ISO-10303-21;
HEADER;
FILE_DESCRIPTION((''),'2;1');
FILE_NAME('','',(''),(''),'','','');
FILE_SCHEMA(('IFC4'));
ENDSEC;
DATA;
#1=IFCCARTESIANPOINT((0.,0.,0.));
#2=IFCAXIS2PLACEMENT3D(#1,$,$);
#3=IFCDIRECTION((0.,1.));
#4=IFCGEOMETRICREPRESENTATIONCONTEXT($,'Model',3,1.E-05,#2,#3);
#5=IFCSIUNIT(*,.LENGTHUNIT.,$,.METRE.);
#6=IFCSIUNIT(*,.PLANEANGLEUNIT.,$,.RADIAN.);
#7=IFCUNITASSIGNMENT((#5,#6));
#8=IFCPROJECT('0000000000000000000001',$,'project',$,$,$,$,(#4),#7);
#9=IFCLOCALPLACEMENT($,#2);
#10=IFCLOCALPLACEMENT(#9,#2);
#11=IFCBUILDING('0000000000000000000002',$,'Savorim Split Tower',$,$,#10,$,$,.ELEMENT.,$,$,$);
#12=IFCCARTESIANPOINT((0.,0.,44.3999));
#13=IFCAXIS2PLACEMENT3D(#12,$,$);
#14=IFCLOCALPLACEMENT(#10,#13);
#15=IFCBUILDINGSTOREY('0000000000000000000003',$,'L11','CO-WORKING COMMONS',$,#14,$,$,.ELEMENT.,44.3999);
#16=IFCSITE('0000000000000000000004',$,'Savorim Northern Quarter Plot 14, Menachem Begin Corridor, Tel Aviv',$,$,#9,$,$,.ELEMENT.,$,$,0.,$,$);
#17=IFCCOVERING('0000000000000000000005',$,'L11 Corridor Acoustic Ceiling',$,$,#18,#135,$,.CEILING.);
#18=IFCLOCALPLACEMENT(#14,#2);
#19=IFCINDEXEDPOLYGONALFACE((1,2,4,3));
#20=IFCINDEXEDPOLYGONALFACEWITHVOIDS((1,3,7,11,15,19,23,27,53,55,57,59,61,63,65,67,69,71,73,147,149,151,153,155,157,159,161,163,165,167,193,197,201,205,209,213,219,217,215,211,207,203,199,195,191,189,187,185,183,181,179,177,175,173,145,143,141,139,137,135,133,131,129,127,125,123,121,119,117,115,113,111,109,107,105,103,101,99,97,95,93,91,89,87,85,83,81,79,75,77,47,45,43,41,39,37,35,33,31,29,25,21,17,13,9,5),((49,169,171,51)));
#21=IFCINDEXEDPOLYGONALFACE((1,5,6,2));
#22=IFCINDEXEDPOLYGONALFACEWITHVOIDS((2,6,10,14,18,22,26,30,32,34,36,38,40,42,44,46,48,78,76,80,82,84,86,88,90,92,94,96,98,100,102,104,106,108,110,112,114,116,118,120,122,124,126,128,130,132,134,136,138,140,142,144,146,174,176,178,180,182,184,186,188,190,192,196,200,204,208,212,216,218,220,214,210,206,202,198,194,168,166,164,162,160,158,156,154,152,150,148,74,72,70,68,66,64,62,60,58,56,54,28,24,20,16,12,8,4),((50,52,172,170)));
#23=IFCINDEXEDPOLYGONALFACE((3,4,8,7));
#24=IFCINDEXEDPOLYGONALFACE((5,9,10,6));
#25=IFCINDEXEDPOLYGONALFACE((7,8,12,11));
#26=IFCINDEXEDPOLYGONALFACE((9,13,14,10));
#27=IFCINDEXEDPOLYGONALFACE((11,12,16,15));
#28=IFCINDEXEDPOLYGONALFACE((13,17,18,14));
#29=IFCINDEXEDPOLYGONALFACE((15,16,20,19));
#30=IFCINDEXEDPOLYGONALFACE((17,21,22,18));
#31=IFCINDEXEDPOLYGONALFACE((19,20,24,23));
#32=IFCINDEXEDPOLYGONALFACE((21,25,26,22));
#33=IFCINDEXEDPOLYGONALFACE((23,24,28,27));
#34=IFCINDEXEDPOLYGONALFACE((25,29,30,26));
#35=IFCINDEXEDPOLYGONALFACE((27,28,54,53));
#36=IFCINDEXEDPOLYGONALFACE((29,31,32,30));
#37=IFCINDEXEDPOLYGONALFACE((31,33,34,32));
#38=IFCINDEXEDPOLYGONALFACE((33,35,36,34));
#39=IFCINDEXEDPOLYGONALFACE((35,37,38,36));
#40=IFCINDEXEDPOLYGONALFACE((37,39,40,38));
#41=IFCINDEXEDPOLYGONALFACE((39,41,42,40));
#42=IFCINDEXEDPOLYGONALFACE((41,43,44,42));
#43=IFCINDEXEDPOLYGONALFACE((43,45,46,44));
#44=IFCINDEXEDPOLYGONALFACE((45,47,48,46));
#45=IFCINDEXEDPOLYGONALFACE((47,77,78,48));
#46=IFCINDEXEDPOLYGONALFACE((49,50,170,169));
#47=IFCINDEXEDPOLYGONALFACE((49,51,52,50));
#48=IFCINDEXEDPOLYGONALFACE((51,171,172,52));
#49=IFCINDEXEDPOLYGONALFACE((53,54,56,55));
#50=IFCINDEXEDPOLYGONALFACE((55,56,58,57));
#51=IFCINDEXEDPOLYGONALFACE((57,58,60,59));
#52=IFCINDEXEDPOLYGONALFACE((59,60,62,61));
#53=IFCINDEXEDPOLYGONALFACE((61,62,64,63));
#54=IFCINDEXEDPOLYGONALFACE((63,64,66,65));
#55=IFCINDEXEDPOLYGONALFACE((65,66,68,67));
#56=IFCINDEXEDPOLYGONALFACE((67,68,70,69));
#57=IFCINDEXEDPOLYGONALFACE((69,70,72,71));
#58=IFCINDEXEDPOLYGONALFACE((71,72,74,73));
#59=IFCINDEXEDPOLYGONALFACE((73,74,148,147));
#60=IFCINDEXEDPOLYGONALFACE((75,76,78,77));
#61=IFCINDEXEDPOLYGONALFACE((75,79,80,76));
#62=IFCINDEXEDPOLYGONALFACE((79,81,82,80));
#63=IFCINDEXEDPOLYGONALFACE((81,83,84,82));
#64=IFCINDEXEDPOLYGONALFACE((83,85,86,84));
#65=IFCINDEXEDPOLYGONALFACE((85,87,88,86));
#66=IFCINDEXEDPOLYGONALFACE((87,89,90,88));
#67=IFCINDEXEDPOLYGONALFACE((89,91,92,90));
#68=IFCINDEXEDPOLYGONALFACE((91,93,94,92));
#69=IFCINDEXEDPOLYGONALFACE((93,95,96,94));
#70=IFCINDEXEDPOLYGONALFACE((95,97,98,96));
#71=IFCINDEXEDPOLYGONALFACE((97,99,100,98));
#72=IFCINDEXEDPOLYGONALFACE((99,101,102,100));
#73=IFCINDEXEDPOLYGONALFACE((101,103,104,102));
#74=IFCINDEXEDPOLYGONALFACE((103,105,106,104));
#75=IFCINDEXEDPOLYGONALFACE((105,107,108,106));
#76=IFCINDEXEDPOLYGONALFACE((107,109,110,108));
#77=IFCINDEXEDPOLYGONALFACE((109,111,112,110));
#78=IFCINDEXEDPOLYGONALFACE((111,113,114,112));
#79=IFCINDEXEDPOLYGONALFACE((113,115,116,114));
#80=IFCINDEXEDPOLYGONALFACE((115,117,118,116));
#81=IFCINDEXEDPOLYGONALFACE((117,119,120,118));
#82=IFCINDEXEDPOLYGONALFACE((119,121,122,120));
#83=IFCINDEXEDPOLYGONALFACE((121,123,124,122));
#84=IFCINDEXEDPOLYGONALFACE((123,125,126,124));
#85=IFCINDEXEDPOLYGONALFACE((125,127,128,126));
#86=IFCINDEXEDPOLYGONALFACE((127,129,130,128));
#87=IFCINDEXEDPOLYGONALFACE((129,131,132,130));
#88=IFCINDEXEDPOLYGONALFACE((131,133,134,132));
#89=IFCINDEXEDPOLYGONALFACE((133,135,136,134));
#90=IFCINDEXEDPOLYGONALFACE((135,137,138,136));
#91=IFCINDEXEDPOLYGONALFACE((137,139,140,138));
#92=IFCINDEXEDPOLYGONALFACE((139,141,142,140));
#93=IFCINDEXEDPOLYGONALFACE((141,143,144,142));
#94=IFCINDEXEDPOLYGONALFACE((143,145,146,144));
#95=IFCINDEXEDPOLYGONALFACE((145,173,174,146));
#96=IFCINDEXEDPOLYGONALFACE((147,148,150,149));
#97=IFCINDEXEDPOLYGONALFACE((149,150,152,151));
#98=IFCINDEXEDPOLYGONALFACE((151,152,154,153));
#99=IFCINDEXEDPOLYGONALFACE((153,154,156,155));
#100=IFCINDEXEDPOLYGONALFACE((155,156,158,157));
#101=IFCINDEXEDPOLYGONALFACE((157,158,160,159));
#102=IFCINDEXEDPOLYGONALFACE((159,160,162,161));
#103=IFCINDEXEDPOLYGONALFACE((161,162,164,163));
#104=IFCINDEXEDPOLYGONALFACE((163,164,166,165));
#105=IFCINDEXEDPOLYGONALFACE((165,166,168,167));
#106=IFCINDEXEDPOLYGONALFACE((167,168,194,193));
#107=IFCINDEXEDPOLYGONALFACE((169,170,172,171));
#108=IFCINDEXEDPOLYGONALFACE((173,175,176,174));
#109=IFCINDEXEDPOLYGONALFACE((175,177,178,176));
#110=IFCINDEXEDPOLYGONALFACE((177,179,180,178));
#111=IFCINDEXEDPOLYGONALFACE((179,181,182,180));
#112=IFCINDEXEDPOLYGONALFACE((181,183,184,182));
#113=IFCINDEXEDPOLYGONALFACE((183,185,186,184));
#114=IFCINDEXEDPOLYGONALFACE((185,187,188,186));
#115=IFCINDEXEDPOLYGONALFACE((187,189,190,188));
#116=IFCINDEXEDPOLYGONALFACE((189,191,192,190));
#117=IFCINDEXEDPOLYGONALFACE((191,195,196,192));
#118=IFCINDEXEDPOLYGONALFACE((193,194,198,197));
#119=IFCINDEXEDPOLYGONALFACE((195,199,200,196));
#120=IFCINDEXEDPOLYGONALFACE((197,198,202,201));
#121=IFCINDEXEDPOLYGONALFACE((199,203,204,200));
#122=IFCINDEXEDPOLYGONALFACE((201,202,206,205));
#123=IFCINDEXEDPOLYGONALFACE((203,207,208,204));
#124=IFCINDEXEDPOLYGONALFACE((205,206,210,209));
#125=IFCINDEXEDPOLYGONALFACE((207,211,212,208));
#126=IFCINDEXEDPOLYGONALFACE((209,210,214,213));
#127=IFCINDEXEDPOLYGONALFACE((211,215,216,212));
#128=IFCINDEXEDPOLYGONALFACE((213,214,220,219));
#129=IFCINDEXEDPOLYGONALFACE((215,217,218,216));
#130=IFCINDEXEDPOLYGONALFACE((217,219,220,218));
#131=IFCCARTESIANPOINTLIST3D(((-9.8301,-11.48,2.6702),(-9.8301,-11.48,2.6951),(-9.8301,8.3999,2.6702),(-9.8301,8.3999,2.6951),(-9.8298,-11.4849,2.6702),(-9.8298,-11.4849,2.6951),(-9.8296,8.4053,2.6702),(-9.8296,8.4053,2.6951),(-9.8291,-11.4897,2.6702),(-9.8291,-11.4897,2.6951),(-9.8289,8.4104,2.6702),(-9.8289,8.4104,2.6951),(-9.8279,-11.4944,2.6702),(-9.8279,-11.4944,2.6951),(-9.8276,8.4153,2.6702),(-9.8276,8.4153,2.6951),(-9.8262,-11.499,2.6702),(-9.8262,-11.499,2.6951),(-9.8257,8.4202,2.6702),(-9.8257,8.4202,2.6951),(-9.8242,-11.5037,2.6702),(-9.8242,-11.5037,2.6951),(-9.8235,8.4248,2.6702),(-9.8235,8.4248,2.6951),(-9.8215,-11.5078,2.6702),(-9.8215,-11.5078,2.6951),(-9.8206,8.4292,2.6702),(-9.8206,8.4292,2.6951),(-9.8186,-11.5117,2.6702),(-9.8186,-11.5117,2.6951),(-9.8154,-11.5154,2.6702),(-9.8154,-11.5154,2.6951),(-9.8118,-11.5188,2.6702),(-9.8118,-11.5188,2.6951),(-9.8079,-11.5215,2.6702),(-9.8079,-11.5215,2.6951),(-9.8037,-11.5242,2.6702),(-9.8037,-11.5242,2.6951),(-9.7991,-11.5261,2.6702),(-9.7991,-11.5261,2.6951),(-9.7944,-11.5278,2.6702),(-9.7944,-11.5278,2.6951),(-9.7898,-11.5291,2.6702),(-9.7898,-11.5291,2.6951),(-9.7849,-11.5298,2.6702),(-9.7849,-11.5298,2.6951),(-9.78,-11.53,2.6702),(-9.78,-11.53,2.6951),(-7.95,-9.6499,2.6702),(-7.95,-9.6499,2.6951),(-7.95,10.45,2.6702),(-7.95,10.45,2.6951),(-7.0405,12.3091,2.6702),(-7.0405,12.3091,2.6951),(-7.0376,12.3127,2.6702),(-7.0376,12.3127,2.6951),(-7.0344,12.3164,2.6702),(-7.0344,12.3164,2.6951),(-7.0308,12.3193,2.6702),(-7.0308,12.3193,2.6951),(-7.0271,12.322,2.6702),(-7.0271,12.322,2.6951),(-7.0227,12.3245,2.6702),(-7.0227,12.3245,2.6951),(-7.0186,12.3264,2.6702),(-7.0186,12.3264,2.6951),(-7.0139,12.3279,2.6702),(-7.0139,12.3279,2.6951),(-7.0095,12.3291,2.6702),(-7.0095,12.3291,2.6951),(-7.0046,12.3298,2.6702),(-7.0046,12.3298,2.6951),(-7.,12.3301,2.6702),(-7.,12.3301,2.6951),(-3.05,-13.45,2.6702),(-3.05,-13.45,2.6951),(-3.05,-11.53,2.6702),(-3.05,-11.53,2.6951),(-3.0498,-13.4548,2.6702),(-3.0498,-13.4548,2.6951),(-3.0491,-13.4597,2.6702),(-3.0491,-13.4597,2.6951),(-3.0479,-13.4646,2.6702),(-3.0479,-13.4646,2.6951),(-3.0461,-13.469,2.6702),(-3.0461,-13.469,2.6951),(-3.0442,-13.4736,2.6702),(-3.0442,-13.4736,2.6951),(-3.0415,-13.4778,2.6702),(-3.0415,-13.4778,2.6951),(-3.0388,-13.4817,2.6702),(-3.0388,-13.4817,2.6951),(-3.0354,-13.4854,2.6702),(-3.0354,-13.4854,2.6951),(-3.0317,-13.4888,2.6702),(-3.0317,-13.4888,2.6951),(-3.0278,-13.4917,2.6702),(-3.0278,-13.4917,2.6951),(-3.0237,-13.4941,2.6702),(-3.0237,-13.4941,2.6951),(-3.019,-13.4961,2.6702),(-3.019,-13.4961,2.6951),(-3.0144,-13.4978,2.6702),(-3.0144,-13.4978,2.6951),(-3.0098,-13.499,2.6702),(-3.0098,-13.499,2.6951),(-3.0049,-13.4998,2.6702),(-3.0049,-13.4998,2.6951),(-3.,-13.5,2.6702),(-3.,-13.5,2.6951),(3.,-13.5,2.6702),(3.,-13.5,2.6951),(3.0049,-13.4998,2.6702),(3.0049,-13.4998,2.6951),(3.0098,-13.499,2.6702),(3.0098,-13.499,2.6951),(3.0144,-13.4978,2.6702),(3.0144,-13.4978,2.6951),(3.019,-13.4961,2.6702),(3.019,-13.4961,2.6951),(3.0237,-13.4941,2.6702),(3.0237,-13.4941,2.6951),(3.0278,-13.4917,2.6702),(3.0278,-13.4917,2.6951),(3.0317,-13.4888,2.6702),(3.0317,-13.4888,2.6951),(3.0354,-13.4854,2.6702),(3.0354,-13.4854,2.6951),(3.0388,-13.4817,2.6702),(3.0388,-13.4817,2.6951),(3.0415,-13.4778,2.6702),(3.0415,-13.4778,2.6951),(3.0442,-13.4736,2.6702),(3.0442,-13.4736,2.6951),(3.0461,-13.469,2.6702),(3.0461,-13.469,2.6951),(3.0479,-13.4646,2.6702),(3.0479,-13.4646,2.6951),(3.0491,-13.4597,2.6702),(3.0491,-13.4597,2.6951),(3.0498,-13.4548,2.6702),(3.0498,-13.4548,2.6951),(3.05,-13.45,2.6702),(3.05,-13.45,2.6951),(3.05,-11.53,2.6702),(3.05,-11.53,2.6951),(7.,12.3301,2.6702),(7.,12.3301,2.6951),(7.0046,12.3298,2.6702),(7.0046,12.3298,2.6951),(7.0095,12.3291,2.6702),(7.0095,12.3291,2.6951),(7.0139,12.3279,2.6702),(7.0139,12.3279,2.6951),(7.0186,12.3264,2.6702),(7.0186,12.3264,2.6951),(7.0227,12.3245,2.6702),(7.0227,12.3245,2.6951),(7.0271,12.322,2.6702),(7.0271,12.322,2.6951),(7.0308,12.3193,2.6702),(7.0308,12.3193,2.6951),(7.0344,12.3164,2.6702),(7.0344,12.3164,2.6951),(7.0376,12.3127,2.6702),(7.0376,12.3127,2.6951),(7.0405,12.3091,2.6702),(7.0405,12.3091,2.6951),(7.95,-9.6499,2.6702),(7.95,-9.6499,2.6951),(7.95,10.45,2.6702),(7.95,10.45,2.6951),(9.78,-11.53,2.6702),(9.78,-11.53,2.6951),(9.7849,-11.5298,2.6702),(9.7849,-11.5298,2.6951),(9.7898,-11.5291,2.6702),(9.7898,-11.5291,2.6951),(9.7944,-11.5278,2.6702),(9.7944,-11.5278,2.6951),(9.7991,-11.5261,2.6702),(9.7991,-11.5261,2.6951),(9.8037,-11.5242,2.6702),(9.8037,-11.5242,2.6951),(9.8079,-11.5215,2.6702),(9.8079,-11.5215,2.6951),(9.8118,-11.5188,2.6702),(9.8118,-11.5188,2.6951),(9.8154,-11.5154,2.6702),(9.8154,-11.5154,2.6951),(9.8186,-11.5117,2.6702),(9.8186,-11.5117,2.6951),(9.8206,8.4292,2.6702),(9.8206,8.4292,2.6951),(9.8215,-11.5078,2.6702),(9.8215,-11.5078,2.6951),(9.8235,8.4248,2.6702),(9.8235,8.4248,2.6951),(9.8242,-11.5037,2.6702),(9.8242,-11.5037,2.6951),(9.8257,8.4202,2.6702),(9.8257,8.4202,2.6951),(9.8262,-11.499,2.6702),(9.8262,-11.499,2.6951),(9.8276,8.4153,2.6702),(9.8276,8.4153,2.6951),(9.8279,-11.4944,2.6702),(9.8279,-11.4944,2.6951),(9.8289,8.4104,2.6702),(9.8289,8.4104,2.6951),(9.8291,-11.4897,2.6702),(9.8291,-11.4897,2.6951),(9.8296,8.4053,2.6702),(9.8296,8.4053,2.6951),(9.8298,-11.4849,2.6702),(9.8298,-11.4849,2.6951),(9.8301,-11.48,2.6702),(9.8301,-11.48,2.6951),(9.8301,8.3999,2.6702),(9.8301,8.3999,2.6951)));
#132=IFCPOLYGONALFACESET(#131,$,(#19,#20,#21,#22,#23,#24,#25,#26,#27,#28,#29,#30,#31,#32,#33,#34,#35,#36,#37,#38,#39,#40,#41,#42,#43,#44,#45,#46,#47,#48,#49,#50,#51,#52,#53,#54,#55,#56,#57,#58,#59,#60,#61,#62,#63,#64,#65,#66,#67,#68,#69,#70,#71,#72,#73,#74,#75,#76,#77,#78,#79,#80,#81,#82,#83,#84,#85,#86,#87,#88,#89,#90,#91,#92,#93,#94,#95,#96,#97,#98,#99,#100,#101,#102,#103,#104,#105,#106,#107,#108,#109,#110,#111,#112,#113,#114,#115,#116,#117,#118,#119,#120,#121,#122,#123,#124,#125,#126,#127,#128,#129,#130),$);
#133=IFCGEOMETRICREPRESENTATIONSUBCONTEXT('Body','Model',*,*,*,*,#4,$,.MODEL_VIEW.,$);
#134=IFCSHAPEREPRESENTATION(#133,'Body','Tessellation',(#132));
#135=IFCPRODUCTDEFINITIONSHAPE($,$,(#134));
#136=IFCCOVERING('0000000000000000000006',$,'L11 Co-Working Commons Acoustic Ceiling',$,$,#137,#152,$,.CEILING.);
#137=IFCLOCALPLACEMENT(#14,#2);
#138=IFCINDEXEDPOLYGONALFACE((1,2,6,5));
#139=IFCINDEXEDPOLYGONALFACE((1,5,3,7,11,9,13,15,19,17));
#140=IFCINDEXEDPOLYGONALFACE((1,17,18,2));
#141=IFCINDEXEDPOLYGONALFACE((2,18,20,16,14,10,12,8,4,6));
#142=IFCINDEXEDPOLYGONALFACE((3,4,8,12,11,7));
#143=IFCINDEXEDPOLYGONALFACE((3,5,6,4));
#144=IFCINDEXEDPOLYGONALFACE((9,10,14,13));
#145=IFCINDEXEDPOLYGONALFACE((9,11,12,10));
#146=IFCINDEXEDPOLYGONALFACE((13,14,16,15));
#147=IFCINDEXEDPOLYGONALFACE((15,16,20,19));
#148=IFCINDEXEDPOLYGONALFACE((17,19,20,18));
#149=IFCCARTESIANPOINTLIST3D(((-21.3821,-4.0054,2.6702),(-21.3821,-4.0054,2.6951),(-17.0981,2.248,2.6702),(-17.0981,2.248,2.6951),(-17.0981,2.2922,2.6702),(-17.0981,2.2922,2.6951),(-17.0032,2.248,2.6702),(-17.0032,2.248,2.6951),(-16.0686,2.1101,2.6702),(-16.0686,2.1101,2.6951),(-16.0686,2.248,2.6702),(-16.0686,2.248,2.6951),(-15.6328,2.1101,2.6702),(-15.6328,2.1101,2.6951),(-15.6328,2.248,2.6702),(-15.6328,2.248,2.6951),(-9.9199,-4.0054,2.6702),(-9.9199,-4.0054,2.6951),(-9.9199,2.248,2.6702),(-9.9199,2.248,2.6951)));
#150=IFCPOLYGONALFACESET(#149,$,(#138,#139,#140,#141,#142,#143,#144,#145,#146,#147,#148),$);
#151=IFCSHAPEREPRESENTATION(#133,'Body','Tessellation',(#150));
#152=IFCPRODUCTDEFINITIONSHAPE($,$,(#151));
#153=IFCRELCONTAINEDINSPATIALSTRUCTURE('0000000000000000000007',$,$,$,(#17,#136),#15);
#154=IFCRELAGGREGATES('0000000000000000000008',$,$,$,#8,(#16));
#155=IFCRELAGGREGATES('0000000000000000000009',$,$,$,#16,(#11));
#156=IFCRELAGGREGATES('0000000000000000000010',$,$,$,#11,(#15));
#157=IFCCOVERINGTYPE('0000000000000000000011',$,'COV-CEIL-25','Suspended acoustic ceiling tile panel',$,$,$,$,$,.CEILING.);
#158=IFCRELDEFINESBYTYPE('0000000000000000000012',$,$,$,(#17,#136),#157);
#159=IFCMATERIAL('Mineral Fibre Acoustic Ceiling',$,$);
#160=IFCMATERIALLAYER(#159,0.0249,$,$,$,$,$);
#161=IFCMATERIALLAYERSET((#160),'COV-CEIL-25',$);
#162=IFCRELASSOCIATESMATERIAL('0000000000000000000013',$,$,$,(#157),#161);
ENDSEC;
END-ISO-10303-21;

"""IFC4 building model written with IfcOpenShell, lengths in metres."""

from ifc_helpers import new_model, si_unit, direction, frame, origin, place, context, subcontext, project, spatial, polyline, outline, extrude, material, layer, layer_set, type_object, element, save


model = new_model("IFC4")

# Units and contexts
model_context = context("Model", 3, precision=1e-05, world=origin(), true_north=direction((0.0, 1.0)))
body_context = subcontext(model_context, "Body", "Model", "MODEL_VIEW")
ifc_project = project(units=[si_unit("LENGTHUNIT", "METRE"), si_unit("PLANEANGLEUNIT", "RADIAN")], contexts=[model_context])

# Site, building, storey
site_placement = place(None, origin())
site = spatial("IfcSite", under=ifc_project, at=site_placement, Name="Savorim Northern Quarter Plot 14, Menachem Begin Corridor, Tel Aviv", CompositionType="ELEMENT", RefElevation=0.0)
building_placement = place(site_placement, origin())
building = spatial("IfcBuilding", under=site, at=building_placement, Name="Savorim Split Tower", CompositionType="ELEMENT")
storey_placement = place(building_placement, frame((0.0, 0.0, 44.3999)))
storey = spatial("IfcBuildingStorey", under=building, at=storey_placement, Name="L11", Description="CO-WORKING COMMONS", CompositionType="ELEMENT", Elevation=44.3999)

# Coverings
ifc_material_1 = material(Name="Mineral Fibre Acoustic Ceiling")
ifc_layer_1 = layer(ifc_material_1, 0.0249)
ifc_layer_set_1 = layer_set([ifc_layer_1], Name="COV-CEIL-25")
covering_type_1 = type_object("IfcCoveringType", Name="COV-CEIL-25", Description="Suspended acoustic ceiling tile panel", PredefinedType="CEILING", material=ifc_layer_set_1)
covering_1_placement = place(storey_placement, frame((0.0, 0.0, 2.6702)))
element("IfcCovering", 1, at=covering_1_placement, inside=storey, type_object=covering_type_1, Name="L11 Corridor Acoustic Ceiling", PredefinedType="CEILING", context=body_context, shape_type="SweptSolid", body=[
    extrude(outline(polyline([(7.0095, 12.3291), (7.0046, 12.3298), (7.0, 12.3301), (-7.0, 12.3301), (-7.0046, 12.3298), (-7.0095, 12.3291), (-7.0139, 12.3279), (-7.0186, 12.3264), (-7.0227, 12.3245), (-7.0271, 12.322), (-7.0308, 12.3193), (-7.0344, 12.3164), (-7.0376, 12.3127), (-7.0405, 12.3091), (-9.8206, 8.4292), (-9.8235, 8.4248), (-9.8257, 8.4202), (-9.8276, 8.4153), (-9.8289, 8.4104), (-9.8296, 8.4053), (-9.8301, 8.3999), (-9.8301, -11.48), (-9.8298, -11.4849), (-9.8291, -11.4897), (-9.8279, -11.4944), (-9.8262, -11.499), (-9.8242, -11.5037), (-9.8215, -11.5078), (-9.8186, -11.5117), (-9.8154, -11.5154), (-9.8118, -11.5188), (-9.8079, -11.5215), (-9.8037, -11.5242), (-9.7991, -11.5261), (-9.7944, -11.5278), (-9.7898, -11.5291), (-9.7849, -11.5298), (-9.78, -11.53), (-3.05, -11.53), (-3.05, -13.45), (-3.0498, -13.4548), (-3.0491, -13.4597), (-3.0479, -13.4646), (-3.0461, -13.469), (-3.0442, -13.4736), (-3.0415, -13.4778), (-3.0388, -13.4817), (-3.0354, -13.4854), (-3.0317, -13.4888), (-3.0278, -13.4917), (-3.0237, -13.4941), (-3.019, -13.4961), (-3.0144, -13.4978), (-3.0098, -13.499), (-3.0049, -13.4998), (-3.0, -13.5), (3.0, -13.5), (3.0049, -13.4998), (3.0098, -13.499), (3.0144, -13.4978), (3.019, -13.4961), (3.0237, -13.4941), (3.0278, -13.4917), (3.0317, -13.4888), (3.0354, -13.4854), (3.0388, -13.4817), (3.0415, -13.4778), (3.0442, -13.4736), (3.0461, -13.469), (3.0479, -13.4646), (3.0491, -13.4597), (3.0498, -13.4548), (3.05, -13.45), (3.05, -11.53), (9.78, -11.53), (9.7849, -11.5298), (9.7898, -11.5291), (9.7944, -11.5278), (9.7991, -11.5261), (9.8037, -11.5242), (9.8079, -11.5215), (9.8118, -11.5188), (9.8154, -11.5154), (9.8186, -11.5117), (9.8215, -11.5078), (9.8242, -11.5037), (9.8262, -11.499), (9.8279, -11.4944), (9.8291, -11.4897), (9.8298, -11.4849), (9.8301, -11.48), (9.8301, 8.3999), (9.8296, 8.4053), (9.8289, 8.4104), (9.8276, 8.4153), (9.8257, 8.4202), (9.8235, 8.4248), (9.8206, 8.4292), (7.0405, 12.3091), (7.0376, 12.3127), (7.0344, 12.3164), (7.0308, 12.3193), (7.0271, 12.322), (7.0227, 12.3245), (7.0186, 12.3264), (7.0139, 12.3279), (7.0095, 12.3291)]), holes=[polyline([(-7.95, 10.45), (-7.95, -9.6499), (7.95, -9.6499), (7.95, 10.45), (-7.95, 10.45)])]), origin(), (0.0, 0.0, 1.0), 0.0249),
])
covering_2_placement = place(storey_placement, frame((0.0, 0.0, 2.6702)))
element("IfcCovering", 2, at=covering_2_placement, inside=storey, type_object=covering_type_1, Name="L11 Co-Working Commons Acoustic Ceiling", PredefinedType="CEILING", context=body_context, shape_type="SweptSolid", body=[
    extrude(outline(polyline([(-17.0032, 2.248), (-17.0981, 2.248), (-17.0981, 2.2922), (-21.3821, -4.0054), (-9.9199, -4.0054), (-9.9199, 2.248), (-15.6328, 2.248), (-15.6328, 2.1101), (-16.0686, 2.1101), (-16.0686, 2.248), (-17.0032, 2.248)])), origin(), (0.0, 0.0, 1.0), 0.0249),
])

save(model, "model.ifc")
